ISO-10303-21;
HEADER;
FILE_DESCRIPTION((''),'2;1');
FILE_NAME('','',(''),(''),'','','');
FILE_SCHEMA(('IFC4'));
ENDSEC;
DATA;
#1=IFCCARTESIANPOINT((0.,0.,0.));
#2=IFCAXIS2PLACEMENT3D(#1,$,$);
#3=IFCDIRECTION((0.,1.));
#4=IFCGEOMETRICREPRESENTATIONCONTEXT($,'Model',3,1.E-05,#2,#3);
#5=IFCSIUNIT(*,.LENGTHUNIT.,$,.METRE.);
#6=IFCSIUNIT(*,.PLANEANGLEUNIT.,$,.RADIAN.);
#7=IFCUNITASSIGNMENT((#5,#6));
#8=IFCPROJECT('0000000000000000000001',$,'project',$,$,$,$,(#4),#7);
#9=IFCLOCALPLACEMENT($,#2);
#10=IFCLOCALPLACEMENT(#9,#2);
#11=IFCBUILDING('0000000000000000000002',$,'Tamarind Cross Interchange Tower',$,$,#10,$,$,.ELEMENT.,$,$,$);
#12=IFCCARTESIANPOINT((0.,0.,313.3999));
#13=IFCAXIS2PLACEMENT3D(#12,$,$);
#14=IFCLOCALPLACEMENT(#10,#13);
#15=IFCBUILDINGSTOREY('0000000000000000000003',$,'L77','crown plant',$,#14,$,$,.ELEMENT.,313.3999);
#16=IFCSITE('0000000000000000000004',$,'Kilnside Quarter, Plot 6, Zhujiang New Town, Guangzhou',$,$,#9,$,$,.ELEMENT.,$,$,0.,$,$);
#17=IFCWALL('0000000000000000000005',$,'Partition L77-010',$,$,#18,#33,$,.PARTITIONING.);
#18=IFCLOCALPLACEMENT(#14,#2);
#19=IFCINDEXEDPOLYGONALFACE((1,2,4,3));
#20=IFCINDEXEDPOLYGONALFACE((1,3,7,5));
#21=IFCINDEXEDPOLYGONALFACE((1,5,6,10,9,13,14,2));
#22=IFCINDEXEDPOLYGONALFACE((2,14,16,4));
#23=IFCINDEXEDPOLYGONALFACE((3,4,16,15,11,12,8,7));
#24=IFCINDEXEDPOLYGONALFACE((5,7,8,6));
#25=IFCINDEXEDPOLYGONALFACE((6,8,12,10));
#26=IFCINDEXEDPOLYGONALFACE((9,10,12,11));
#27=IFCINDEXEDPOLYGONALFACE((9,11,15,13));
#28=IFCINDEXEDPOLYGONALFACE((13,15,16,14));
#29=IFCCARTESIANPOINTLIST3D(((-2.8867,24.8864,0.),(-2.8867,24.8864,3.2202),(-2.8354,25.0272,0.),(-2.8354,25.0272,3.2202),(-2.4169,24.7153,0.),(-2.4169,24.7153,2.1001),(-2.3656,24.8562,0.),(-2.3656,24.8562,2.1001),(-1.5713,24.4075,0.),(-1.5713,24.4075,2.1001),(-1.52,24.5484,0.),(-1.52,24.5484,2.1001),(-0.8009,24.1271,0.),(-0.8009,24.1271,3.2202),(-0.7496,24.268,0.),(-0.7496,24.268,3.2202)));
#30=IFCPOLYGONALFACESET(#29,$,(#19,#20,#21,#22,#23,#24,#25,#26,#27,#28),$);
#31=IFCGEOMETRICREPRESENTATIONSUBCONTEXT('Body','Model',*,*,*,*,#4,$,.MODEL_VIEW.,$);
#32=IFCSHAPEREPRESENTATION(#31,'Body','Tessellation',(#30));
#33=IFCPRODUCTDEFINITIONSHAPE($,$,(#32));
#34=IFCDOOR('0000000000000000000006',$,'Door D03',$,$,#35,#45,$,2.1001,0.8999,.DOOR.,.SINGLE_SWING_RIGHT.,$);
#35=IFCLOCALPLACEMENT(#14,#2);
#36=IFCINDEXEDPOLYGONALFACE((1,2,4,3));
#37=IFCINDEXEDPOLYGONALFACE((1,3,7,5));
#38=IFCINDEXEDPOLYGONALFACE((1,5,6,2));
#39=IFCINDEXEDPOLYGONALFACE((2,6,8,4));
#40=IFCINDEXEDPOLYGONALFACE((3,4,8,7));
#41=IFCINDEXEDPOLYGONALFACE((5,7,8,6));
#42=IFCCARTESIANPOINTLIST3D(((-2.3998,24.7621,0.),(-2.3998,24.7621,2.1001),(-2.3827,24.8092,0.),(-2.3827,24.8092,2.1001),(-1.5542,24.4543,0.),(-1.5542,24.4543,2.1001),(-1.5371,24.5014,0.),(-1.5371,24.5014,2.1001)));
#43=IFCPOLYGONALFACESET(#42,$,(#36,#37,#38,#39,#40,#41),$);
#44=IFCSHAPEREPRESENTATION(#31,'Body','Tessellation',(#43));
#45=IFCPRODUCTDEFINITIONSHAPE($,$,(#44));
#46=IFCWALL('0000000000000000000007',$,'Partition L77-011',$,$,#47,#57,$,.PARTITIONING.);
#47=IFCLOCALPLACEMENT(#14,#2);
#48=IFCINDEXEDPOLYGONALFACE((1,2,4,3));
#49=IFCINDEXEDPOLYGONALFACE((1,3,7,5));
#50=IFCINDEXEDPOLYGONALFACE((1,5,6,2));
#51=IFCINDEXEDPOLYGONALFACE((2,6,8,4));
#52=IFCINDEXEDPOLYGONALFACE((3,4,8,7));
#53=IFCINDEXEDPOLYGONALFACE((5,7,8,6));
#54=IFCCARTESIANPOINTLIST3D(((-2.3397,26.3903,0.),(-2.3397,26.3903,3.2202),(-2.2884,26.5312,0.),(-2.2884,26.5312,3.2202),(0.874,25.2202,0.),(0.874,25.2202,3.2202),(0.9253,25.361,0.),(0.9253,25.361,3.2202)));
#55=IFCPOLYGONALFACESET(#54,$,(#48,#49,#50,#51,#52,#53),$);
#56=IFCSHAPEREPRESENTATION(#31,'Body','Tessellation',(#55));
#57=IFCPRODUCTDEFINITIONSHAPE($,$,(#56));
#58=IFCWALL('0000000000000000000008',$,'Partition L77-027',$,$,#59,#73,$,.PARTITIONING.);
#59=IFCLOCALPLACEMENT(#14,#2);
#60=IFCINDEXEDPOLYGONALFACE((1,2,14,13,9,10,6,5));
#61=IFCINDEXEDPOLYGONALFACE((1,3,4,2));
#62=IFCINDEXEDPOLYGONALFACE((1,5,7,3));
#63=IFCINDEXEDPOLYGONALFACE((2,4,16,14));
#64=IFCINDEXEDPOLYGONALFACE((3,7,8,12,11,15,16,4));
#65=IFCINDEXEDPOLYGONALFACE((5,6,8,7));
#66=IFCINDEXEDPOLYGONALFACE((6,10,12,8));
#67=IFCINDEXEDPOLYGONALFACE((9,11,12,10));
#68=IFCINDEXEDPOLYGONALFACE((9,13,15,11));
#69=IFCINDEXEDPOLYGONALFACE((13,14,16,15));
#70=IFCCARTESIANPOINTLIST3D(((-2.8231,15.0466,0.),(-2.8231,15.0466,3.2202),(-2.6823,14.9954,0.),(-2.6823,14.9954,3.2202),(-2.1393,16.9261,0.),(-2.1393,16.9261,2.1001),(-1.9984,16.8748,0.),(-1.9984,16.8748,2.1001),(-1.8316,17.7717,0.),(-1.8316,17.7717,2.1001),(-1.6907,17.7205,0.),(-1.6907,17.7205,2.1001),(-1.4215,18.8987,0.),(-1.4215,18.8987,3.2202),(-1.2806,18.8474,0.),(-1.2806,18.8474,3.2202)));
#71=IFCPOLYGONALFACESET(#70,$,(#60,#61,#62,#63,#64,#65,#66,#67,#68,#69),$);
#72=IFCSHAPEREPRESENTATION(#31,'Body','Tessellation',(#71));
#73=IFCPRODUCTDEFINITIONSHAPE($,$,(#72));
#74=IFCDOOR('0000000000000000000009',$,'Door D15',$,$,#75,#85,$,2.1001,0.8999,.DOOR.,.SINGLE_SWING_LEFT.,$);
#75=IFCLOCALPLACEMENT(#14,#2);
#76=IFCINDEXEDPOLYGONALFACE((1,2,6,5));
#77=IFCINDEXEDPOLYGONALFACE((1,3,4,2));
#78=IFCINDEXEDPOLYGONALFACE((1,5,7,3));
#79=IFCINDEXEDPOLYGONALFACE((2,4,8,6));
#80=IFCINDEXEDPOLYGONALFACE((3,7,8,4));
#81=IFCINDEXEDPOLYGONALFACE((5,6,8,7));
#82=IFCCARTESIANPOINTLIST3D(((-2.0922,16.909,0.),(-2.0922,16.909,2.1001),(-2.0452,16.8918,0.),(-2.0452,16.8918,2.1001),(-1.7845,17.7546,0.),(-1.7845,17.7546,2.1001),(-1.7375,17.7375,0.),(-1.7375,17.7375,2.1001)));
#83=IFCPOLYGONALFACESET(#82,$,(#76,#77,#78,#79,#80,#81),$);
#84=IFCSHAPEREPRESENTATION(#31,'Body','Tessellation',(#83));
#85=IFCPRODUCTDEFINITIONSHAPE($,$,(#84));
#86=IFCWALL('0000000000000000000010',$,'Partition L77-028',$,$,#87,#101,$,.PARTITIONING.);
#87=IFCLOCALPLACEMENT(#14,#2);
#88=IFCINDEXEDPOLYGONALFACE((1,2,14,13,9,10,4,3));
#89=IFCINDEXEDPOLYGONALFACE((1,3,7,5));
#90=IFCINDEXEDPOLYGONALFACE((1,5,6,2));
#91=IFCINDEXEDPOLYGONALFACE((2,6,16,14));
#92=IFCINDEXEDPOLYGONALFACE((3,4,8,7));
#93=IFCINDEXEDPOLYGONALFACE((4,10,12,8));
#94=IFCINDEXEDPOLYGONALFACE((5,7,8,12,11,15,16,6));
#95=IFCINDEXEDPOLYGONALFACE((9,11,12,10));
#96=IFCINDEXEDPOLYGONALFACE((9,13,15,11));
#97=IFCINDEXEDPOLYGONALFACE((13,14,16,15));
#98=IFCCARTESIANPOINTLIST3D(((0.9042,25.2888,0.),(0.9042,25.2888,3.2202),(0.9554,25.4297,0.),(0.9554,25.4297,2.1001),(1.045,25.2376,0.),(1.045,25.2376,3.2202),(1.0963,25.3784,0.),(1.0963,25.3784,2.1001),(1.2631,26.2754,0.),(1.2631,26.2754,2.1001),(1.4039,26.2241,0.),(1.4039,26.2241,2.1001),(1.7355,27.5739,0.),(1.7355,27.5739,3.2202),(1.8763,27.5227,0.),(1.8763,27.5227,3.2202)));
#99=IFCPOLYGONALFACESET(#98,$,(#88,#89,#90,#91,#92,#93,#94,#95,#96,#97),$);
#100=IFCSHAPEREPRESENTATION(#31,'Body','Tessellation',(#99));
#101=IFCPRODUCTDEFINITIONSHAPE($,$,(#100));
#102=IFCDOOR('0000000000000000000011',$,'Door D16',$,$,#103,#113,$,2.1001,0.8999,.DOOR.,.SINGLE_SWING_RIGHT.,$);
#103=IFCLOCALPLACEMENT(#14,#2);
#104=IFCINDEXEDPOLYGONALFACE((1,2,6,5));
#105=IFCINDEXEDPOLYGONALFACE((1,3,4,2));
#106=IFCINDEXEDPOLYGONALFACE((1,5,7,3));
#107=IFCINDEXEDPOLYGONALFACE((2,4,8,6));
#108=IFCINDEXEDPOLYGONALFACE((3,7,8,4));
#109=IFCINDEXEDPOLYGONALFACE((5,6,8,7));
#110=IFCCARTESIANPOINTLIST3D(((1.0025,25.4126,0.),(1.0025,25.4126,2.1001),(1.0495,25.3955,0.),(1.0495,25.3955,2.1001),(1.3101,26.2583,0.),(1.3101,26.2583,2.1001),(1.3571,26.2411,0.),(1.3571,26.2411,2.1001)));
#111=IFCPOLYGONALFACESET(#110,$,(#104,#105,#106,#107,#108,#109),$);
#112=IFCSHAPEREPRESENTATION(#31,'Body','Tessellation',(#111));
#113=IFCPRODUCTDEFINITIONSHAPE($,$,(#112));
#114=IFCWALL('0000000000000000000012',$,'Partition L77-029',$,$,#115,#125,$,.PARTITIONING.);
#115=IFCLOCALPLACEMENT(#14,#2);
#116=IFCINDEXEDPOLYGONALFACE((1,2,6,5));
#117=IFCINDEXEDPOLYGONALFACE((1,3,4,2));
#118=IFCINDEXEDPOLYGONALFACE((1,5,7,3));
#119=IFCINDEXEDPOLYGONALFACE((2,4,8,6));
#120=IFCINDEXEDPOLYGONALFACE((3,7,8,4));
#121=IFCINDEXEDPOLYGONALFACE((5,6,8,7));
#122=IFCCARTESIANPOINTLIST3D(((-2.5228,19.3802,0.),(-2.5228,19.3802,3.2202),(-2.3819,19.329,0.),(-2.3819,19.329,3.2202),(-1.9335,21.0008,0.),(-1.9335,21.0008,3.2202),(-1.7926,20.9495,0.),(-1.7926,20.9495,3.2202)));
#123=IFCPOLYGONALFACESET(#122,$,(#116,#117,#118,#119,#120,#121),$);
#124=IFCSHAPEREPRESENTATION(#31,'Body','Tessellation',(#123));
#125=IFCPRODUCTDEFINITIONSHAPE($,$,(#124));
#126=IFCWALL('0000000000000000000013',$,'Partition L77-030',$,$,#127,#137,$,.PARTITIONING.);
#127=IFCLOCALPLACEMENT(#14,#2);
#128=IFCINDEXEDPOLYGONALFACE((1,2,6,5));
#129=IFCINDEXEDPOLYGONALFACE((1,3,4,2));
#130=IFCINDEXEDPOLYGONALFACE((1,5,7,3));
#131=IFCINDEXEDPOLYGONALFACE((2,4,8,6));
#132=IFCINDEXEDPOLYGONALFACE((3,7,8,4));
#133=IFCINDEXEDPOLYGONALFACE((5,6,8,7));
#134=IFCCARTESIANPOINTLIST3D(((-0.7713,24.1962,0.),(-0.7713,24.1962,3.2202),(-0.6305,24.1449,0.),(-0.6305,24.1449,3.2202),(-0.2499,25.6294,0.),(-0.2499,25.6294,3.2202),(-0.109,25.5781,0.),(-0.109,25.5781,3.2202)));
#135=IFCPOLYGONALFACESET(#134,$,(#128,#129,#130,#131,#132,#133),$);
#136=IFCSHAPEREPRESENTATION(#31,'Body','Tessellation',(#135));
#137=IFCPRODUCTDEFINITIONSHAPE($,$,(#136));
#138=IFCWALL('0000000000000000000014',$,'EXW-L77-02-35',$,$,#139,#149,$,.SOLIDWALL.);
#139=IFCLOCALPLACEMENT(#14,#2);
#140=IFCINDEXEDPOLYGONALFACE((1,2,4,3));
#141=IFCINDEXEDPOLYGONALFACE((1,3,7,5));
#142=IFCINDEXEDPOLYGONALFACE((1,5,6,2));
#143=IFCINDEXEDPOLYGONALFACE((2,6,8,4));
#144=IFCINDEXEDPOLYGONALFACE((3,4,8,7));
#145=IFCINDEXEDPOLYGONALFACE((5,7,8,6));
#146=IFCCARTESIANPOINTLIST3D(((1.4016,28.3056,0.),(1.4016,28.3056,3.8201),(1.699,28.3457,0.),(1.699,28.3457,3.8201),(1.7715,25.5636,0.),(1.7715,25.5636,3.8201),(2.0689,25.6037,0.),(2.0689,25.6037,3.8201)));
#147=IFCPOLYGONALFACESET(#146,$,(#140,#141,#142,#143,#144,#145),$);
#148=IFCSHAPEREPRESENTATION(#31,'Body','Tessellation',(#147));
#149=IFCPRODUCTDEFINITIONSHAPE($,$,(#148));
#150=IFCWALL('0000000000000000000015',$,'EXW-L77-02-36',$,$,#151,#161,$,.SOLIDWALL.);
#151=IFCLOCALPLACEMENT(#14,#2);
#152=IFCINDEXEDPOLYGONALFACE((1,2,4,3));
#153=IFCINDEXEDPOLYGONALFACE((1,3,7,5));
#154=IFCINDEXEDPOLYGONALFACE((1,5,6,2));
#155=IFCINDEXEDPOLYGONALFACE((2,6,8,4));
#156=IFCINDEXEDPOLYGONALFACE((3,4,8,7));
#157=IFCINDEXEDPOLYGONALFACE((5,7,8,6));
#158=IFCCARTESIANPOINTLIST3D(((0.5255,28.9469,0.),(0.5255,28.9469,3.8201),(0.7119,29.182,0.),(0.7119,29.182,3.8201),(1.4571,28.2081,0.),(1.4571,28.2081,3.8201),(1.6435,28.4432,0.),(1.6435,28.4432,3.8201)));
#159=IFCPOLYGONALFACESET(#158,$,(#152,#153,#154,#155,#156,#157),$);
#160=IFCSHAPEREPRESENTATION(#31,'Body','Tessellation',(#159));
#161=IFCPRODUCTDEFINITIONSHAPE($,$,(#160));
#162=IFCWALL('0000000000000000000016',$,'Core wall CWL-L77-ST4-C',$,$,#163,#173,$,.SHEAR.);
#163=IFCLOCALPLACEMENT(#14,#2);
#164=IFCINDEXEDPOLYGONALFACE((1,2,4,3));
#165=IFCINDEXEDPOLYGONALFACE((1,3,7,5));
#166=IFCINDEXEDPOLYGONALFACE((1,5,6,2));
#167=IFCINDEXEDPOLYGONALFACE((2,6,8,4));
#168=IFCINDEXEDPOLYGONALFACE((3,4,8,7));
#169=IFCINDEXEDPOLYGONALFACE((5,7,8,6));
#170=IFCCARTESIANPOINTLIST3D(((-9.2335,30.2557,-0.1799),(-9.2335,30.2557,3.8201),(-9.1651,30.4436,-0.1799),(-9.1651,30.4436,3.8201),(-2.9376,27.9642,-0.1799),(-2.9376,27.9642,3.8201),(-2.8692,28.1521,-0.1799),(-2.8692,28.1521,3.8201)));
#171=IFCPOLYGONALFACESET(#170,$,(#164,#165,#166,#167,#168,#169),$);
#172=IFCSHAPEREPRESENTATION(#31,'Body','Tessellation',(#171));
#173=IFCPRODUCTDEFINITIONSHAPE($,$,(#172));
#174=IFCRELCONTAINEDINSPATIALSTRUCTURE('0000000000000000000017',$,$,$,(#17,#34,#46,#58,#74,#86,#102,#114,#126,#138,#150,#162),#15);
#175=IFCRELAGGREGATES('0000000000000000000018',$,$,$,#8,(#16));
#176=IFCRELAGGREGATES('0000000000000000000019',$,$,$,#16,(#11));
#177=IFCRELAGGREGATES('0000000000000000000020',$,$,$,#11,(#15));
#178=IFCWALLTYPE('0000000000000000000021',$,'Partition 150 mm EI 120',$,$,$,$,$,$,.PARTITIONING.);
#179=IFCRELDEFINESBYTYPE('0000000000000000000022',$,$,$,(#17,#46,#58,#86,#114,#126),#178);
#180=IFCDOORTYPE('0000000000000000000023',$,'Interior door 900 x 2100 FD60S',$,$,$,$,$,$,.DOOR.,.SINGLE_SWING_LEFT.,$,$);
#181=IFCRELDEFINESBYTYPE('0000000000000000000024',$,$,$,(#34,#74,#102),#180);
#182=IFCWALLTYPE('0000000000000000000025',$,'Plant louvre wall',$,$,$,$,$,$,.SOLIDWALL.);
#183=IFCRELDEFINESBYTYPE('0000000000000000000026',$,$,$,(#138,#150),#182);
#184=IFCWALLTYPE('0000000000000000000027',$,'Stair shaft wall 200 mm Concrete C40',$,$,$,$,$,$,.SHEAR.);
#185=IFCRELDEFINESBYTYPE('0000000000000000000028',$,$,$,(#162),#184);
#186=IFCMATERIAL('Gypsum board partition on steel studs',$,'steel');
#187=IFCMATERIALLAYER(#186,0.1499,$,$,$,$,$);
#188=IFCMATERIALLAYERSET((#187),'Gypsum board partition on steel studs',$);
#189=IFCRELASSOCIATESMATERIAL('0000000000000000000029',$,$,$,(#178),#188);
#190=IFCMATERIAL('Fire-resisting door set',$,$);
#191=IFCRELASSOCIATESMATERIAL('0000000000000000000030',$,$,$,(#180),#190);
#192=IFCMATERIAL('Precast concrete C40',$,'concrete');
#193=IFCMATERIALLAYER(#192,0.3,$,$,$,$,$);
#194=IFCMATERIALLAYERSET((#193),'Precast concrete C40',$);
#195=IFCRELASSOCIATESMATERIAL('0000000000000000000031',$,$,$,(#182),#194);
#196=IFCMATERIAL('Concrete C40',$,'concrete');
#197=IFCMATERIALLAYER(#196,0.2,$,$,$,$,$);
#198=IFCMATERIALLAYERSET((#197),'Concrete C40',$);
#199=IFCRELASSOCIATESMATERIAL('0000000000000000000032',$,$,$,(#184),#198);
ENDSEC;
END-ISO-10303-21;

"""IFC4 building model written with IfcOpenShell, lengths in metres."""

from ifc_helpers import new_model, si_unit, direction, frame, frame_2d, origin, place, context, subcontext, project, spatial, rectangle, extrude, material, layer, layer_set, type_object, element, fill, save


model = new_model("IFC4")

# Units and contexts
model_context = context("Model", 3, precision=1e-05, world=origin(), true_north=direction((0.0, 1.0)))
body_context = subcontext(model_context, "Body", "Model", "MODEL_VIEW")
ifc_project = project(units=[si_unit("LENGTHUNIT", "METRE"), si_unit("PLANEANGLEUNIT", "RADIAN")], contexts=[model_context])

# Site, building, storey
site_placement = place(None, origin())
site = spatial("IfcSite", under=ifc_project, at=site_placement, Name="Kilnside Quarter, Plot 6, Zhujiang New Town, Guangzhou", CompositionType="ELEMENT", RefElevation=0.0)
building_placement = place(site_placement, origin())
building = spatial("IfcBuilding", under=site, at=building_placement, Name="Tamarind Cross Interchange Tower", CompositionType="ELEMENT")
storey_placement = place(building_placement, frame((0.0, 0.0, 313.3999)))
storey = spatial("IfcBuildingStorey", under=building, at=storey_placement, Name="L77", Description="crown plant", CompositionType="ELEMENT", Elevation=313.3999)

# Wall, opening, door
ifc_material_1 = material(Name="Gypsum board partition on steel studs", Category="steel")
ifc_layer_1 = layer(ifc_material_1, 0.1499)
ifc_layer_set_1 = layer_set([ifc_layer_1], Name="Gypsum board partition on steel studs")
wall_type_1 = type_object("IfcWallType", Name="Partition 150 mm EI 120", PredefinedType="PARTITIONING", material=ifc_layer_set_1)
wall_1_placement = place(storey_placement, frame((-2.8611, 24.9568, 0.0), z_axis=(0.0, 0.0, 1.0), x_axis=(0.939684, -0.342043, 0.0)))
wall_1 = element("IfcWall", 1, at=wall_1_placement, inside=storey, type_object=wall_type_1, Name="Partition L77-010", PredefinedType="PARTITIONING", context=body_context, shape_type="SweptSolid", body=[
    extrude(rectangle(XDim=2.2197, YDim=0.1499, at=frame_2d((1.1099, 0.0))), origin(), (0.0, 0.0, 1.0), 3.2202),
])
opening_1_placement = place(wall_1_placement, frame((0.5, 0.0, 0.0)))
opening_1 = element("IfcOpeningElement", 2, at=opening_1_placement, cuts=wall_1, PredefinedType="OPENING", context=body_context, shape_type="SweptSolid", body=[
    extrude(rectangle(XDim=0.8999, YDim=2.1001, at=frame_2d((0.45, 1.05))), frame((0.0, 0.085, 0.0), z_axis=(0.0, -1.0, 0.0), x_axis=(1.0, 0.0, 0.0)), (0.0, 0.0, 1.0), 0.1699),
])
ifc_material_2 = material(Name="Fire-resisting door set")
door_type = type_object("IfcDoorType", Name="Interior door 900 x 2100 FD60S", OperationType="SINGLE_SWING_LEFT", PredefinedType="DOOR", material=ifc_material_2)
door_1_placement = place(opening_1_placement, origin())
door_1 = element("IfcDoor", 3, at=door_1_placement, inside=storey, type_object=door_type, Name="Door D03", OperationType="SINGLE_SWING_RIGHT", OverallHeight=2.1001, OverallWidth=0.8999, PredefinedType="DOOR", context=body_context, shape_type="SweptSolid", body=[
    extrude(rectangle(XDim=0.8999, YDim=2.1001, at=frame_2d((0.45, 1.05))), frame((0.0, 0.0249, 0.0), z_axis=(0.0, -1.0, 0.0), x_axis=(1.0, 0.0, 0.0)), (0.0, 0.0, 1.0), 0.05),
])
fill(opening_1, door_1)

# Wall
wall_2_placement = place(storey_placement, frame((-2.314, 26.4607, 0.0), z_axis=(0.0, 0.0, 1.0), x_axis=(0.939654, -0.342127, 0.0)))
element("IfcWall", 4, at=wall_2_placement, inside=storey, type_object=wall_type_1, Name="Partition L77-011", PredefinedType="PARTITIONING", context=body_context, shape_type="SweptSolid", body=[
    extrude(rectangle(XDim=3.4202, YDim=0.1499, at=frame_2d((1.71, 0.0))), origin(), (0.0, 0.0, 1.0), 3.2202),
])

# Walls, openings, doors
wall_3_placement = place(storey_placement, frame((-2.7527, 15.021, 0.0), z_axis=(0.0, 0.0, 1.0), x_axis=(0.34193, 0.939726, 0.0)))
wall_3 = element("IfcWall", 5, at=wall_3_placement, inside=storey, type_object=wall_type_1, Name="Partition L77-027", PredefinedType="PARTITIONING", context=body_context, shape_type="SweptSolid", body=[
    extrude(rectangle(XDim=4.0991, YDim=0.1499, at=frame_2d((2.0496, 0.0))), origin(), (0.0, 0.0, 1.0), 3.2202),
])
opening_2_placement = place(wall_3_placement, frame((2.0, 0.0, 0.0)))
opening_2 = element("IfcOpeningElement", 6, at=opening_2_placement, cuts=wall_3, PredefinedType="OPENING", context=body_context, shape_type="SweptSolid", body=[
    extrude(rectangle(XDim=0.8999, YDim=2.1001, at=frame_2d((0.45, 1.05))), frame((0.0, 0.085, 0.0), z_axis=(0.0, -1.0, 0.0), x_axis=(1.0, 0.0, 0.0)), (0.0, 0.0, 1.0), 0.1699),
])
door_2_placement = place(opening_2_placement, origin())
door_2 = element("IfcDoor", 7, at=door_2_placement, inside=storey, type_object=door_type, Name="Door D15", OperationType="SINGLE_SWING_LEFT", OverallHeight=2.1001, OverallWidth=0.8999, PredefinedType="DOOR", context=body_context, shape_type="SweptSolid", body=[
    extrude(rectangle(XDim=0.8999, YDim=2.1001, at=frame_2d((0.45, 1.05))), frame((0.0, 0.0249, 0.0), z_axis=(0.0, -1.0, 0.0), x_axis=(1.0, 0.0, 0.0)), (0.0, 0.0, 1.0), 0.05),
])
fill(opening_2, door_2)
wall_4_placement = place(storey_placement, frame((0.9746, 25.2632, 0.0), z_axis=(0.0, 0.0, 1.0), x_axis=(0.341864, 0.939749, 0.0)))
wall_4 = element("IfcWall", 8, at=wall_4_placement, inside=storey, type_object=wall_type_1, Name="Partition L77-028", PredefinedType="PARTITIONING", context=body_context, shape_type="SweptSolid", body=[
    extrude(rectangle(XDim=2.4316, YDim=0.1499, at=frame_2d((1.2158, 0.0))), origin(), (0.0, 0.0, 1.0), 3.2202),
])
opening_3_placement = place(wall_4_placement, frame((0.1499, 0.0, 0.0)))
opening_3 = element("IfcOpeningElement", 9, at=opening_3_placement, cuts=wall_4, PredefinedType="OPENING", context=body_context, shape_type="SweptSolid", body=[
    extrude(rectangle(XDim=0.8999, YDim=2.1001, at=frame_2d((0.45, 1.05))), frame((0.0, 0.085, 0.0), z_axis=(0.0, -1.0, 0.0), x_axis=(1.0, 0.0, 0.0)), (0.0, 0.0, 1.0), 0.1699),
])
door_3_placement = place(opening_3_placement, origin())
door_3 = element("IfcDoor", 10, at=door_3_placement, inside=storey, type_object=door_type, Name="Door D16", OperationType="SINGLE_SWING_RIGHT", OverallHeight=2.1001, OverallWidth=0.8999, PredefinedType="DOOR", context=body_context, shape_type="SweptSolid", body=[
    extrude(rectangle(XDim=0.8999, YDim=2.1001, at=frame_2d((0.45, 1.05))), frame((0.0, 0.0249, 0.0), z_axis=(0.0, -1.0, 0.0), x_axis=(1.0, 0.0, 0.0)), (0.0, 0.0, 1.0), 0.05),
])
fill(opening_3, door_3)

# Walls
wall_5_placement = place(storey_placement, frame((-2.4524, 19.3545, 0.0), z_axis=(0.0, 0.0, 1.0), x_axis=(0.341766, 0.939785, 0.0)))
element("IfcWall", 11, at=wall_5_placement, inside=storey, type_object=wall_type_1, Name="Partition L77-029", PredefinedType="PARTITIONING", context=body_context, shape_type="SweptSolid", body=[
    extrude(rectangle(XDim=1.7244, YDim=0.1499, at=frame_2d((0.8623, 0.0))), origin(), (0.0, 0.0, 1.0), 3.2202),
])
wall_6_placement = place(storey_placement, frame((-0.7009, 24.1704, 0.0), z_axis=(0.0, 0.0, 1.0), x_axis=(0.341897, 0.939737, 0.0)))
element("IfcWall", 12, at=wall_6_placement, inside=storey, type_object=wall_type_1, Name="Partition L77-030", PredefinedType="PARTITIONING", context=body_context, shape_type="SweptSolid", body=[
    extrude(rectangle(XDim=1.5251, YDim=0.1499, at=frame_2d((0.7627, 0.0))), origin(), (0.0, 0.0, 1.0), 3.2202),
])

# Shared definitions
ifc_material_3 = material(Name="Precast concrete C40", Category="concrete")
ifc_layer_2 = layer(ifc_material_3, 0.3)
ifc_layer_set_2 = layer_set([ifc_layer_2], Name="Precast concrete C40")
wall_type_2 = type_object("IfcWallType", Name="Plant louvre wall", PredefinedType="SOLIDWALL", material=ifc_layer_set_2)

# Walls
wall_7_placement = place(storey_placement, frame((1.9202, 25.5837, 0.0), z_axis=(0.0, 0.0, 1.0), x_axis=(-0.133684, 0.991024, 0.0)))
element("IfcWall", 13, at=wall_7_placement, inside=storey, type_object=wall_type_2, Name="EXW-L77-02-35", PredefinedType="SOLIDWALL", context=body_context, shape_type="SweptSolid", body=[
    extrude(rectangle(XDim=2.7668, YDim=0.3, at=frame_2d((1.3833, 0.0))), origin(), (0.0, 0.0, 1.0), 3.8201),
])
wall_8_placement = place(storey_placement, frame((1.5503, 28.3257, 0.0), z_axis=(0.0, 0.0, 1.0), x_axis=(-0.783546, 0.621334, 0.0)))
element("IfcWall", 14, at=wall_8_placement, inside=storey, type_object=wall_type_2, Name="EXW-L77-02-36", PredefinedType="SOLIDWALL", context=body_context, shape_type="SweptSolid", body=[
    extrude(rectangle(XDim=1.189, YDim=0.3, at=frame_2d((0.5945, 0.0))), origin(), (0.0, 0.0, 1.0), 3.8201),
])
ifc_material_4 = material(Name="Concrete C40", Category="concrete")
ifc_layer_3 = layer(ifc_material_4, 0.2)
ifc_layer_set_3 = layer_set([ifc_layer_3], Name="Concrete C40")
wall_type_3 = type_object("IfcWallType", Name="Stair shaft wall 200 mm Concrete C40", PredefinedType="SHEAR", material=ifc_layer_set_3)
wall_9_placement = place(storey_placement, frame((-2.9033, 28.0581, -0.1799), z_axis=(0.0, 0.0, 1.0), x_axis=(-0.939693, 0.342018, 0.0)))
element("IfcWall", 15, at=wall_9_placement, inside=storey, type_object=wall_type_3, Name="Core wall CWL-L77-ST4-C", PredefinedType="SHEAR", context=body_context, shape_type="SweptSolid", body=[
    extrude(rectangle(XDim=6.7, YDim=0.2, at=frame_2d((3.3501, 0.0))), origin(), (0.0, 0.0, 1.0), 4.0),
])

save(model, "model.ifc")
